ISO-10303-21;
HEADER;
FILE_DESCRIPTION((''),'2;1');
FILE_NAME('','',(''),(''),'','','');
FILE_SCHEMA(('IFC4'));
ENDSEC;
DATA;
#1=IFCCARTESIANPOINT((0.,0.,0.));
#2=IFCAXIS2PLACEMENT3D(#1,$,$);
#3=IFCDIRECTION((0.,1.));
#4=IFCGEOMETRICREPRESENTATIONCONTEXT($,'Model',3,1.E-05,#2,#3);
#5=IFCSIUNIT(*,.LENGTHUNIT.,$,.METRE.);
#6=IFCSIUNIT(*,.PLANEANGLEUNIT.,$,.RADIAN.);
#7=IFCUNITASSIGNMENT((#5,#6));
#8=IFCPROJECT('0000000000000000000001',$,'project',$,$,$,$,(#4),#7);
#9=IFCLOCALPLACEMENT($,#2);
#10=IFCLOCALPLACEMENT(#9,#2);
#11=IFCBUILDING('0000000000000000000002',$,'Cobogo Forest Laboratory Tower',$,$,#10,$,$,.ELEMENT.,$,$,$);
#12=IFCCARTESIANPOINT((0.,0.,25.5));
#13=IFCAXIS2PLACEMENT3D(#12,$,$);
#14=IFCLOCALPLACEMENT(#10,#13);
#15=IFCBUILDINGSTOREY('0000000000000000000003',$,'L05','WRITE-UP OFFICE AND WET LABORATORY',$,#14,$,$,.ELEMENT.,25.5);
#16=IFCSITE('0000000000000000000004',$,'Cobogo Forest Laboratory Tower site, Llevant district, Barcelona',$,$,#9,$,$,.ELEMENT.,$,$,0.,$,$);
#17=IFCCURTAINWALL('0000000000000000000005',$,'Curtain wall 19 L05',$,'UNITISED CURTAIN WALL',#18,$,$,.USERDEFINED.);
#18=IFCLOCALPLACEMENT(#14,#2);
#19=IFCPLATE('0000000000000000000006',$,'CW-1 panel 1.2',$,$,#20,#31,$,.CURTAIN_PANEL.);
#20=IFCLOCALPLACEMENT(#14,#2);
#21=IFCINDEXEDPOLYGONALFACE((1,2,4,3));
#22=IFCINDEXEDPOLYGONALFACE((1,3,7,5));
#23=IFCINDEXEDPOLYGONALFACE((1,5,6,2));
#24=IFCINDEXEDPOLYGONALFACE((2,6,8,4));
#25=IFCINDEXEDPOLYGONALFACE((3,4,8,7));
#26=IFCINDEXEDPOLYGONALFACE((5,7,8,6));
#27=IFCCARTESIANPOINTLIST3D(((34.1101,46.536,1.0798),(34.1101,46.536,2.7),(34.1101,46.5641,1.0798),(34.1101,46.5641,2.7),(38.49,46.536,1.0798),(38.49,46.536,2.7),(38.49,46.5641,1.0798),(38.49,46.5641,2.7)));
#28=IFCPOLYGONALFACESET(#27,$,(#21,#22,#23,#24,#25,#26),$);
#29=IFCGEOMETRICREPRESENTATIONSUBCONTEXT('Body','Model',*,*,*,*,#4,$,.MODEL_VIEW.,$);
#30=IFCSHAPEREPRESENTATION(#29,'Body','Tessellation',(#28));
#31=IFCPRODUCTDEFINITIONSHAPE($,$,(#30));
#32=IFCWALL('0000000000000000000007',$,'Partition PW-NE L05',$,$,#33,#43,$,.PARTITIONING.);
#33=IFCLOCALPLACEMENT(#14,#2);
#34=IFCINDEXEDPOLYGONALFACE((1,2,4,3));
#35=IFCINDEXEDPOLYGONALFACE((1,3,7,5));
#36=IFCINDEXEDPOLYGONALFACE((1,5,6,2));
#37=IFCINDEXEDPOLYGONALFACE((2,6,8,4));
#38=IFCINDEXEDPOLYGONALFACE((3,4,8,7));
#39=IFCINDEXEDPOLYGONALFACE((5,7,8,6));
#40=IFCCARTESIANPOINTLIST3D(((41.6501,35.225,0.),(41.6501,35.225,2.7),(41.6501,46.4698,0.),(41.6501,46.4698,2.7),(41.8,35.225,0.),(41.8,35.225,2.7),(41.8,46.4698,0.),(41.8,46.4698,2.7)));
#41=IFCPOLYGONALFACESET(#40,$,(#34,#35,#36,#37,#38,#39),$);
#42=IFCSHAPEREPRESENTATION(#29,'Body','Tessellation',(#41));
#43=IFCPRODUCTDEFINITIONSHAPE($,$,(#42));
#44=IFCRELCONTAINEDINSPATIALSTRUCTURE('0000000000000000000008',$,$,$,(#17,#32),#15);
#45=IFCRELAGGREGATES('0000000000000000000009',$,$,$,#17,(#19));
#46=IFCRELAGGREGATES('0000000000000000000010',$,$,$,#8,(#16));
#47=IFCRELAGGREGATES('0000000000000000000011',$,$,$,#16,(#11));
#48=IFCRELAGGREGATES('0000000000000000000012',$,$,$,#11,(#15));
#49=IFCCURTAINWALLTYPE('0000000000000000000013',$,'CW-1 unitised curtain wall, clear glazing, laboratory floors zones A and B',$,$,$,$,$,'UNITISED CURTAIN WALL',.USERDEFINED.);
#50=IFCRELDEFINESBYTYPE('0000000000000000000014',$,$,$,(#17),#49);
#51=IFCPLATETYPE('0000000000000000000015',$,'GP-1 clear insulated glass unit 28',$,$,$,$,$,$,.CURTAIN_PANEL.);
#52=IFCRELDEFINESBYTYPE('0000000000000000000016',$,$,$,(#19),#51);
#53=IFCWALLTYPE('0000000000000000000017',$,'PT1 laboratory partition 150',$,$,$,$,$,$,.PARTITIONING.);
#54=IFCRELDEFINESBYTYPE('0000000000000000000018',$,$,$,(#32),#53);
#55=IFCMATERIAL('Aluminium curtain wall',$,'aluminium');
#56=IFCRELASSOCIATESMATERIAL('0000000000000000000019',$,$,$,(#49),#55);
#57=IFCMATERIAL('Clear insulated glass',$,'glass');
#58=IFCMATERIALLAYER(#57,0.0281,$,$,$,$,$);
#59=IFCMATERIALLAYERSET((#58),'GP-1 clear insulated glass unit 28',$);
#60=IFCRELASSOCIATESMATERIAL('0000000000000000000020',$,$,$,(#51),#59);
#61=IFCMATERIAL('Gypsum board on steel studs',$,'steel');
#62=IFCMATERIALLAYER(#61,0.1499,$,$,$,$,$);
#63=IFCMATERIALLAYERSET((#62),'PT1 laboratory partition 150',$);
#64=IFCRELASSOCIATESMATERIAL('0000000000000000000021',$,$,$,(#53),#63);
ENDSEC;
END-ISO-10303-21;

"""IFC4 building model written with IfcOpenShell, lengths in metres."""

from ifc_helpers import new_model, si_unit, direction, frame, frame_2d, origin, origin_2d, place, context, subcontext, project, spatial, rectangle, extrude, material, layer, layer_set, type_object, element, aggregate, save


model = new_model("IFC4")

# Units and contexts
model_context = context("Model", 3, precision=1e-05, world=origin(), true_north=direction((0.0, 1.0)))
body_context = subcontext(model_context, "Body", "Model", "MODEL_VIEW")
ifc_project = project(units=[si_unit("LENGTHUNIT", "METRE"), si_unit("PLANEANGLEUNIT", "RADIAN")], contexts=[model_context])

# Site, building, storey
site_placement = place(None, origin())
site = spatial("IfcSite", under=ifc_project, at=site_placement, Name="Cobogo Forest Laboratory Tower site, Llevant district, Barcelona", CompositionType="ELEMENT", RefElevation=0.0)
building_placement = place(site_placement, origin())
building = spatial("IfcBuilding", under=site, at=building_placement, Name="Cobogo Forest Laboratory Tower", CompositionType="ELEMENT")
storey_placement = place(building_placement, frame((0.0, 0.0, 25.5)))
storey = spatial("IfcBuildingStorey", under=building, at=storey_placement, Name="L05", Description="WRITE-UP OFFICE AND WET LABORATORY", CompositionType="ELEMENT", Elevation=25.5)

# Curtain wall
ifc_material_1 = material(Name="Aluminium curtain wall", Category="aluminium")
curtain_wall_type = type_object("IfcCurtainWallType", Name="CW-1 unitised curtain wall, clear glazing, laboratory floors zones A and B", ElementType="UNITISED CURTAIN WALL", PredefinedType="USERDEFINED", material=ifc_material_1)
curtain_wall_1_placement = place(storey_placement, origin())
curtain_wall_1 = element("IfcCurtainWall", 1, at=curtain_wall_1_placement, inside=storey, type_object=curtain_wall_type, Name="Curtain wall 19 L05", ObjectType="UNITISED CURTAIN WALL", PredefinedType="USERDEFINED")

# Plate
ifc_material_2 = material(Name="Clear insulated glass", Category="glass")
ifc_layer_1 = layer(ifc_material_2, 0.0281)
ifc_layer_set_1 = layer_set([ifc_layer_1], Name="GP-1 clear insulated glass unit 28")
plate_type_1 = type_object("IfcPlateType", Name="GP-1 clear insulated glass unit 28", PredefinedType="CURTAIN_PANEL", material=ifc_layer_set_1)
plate_1_placement = place(storey_placement, frame((36.3, 46.55, 1.0798), z_axis=(0.0, 0.0, 1.0), x_axis=(-1.0, 0.0, 0.0)))
plate_1 = element("IfcPlate", 2, at=plate_1_placement, type_object=plate_type_1, Name="CW-1 panel 1.2", PredefinedType="CURTAIN_PANEL", context=body_context, shape_type="SweptSolid", body=[
    extrude(rectangle(XDim=4.3799, YDim=0.0281, at=origin_2d()), origin(), (0.0, 0.0, 1.0), 1.6201),
])
aggregate(curtain_wall_1, [plate_1])

# Wall
ifc_material_3 = material(Name="Gypsum board on steel studs", Category="steel")
ifc_layer_2 = layer(ifc_material_3, 0.1499)
ifc_layer_set_2 = layer_set([ifc_layer_2], Name="PT1 laboratory partition 150")
wall_type = type_object("IfcWallType", Name="PT1 laboratory partition 150", PredefinedType="PARTITIONING", material=ifc_layer_set_2)
wall_placement = place(storey_placement, frame((41.7251, 46.47, 0.0), z_axis=(0.0, 0.0, 1.0), x_axis=(0.0, -1.0, 0.0)))
element("IfcWall", 3, at=wall_placement, inside=storey, type_object=wall_type, Name="Partition PW-NE L05", PredefinedType="PARTITIONING", context=body_context, shape_type="SweptSolid", body=[
    extrude(rectangle(XDim=11.2449, YDim=0.1499, at=frame_2d((5.6226, 0.0))), origin(), (0.0, 0.0, 1.0), 2.7),
])

save(model, "model.ifc")
